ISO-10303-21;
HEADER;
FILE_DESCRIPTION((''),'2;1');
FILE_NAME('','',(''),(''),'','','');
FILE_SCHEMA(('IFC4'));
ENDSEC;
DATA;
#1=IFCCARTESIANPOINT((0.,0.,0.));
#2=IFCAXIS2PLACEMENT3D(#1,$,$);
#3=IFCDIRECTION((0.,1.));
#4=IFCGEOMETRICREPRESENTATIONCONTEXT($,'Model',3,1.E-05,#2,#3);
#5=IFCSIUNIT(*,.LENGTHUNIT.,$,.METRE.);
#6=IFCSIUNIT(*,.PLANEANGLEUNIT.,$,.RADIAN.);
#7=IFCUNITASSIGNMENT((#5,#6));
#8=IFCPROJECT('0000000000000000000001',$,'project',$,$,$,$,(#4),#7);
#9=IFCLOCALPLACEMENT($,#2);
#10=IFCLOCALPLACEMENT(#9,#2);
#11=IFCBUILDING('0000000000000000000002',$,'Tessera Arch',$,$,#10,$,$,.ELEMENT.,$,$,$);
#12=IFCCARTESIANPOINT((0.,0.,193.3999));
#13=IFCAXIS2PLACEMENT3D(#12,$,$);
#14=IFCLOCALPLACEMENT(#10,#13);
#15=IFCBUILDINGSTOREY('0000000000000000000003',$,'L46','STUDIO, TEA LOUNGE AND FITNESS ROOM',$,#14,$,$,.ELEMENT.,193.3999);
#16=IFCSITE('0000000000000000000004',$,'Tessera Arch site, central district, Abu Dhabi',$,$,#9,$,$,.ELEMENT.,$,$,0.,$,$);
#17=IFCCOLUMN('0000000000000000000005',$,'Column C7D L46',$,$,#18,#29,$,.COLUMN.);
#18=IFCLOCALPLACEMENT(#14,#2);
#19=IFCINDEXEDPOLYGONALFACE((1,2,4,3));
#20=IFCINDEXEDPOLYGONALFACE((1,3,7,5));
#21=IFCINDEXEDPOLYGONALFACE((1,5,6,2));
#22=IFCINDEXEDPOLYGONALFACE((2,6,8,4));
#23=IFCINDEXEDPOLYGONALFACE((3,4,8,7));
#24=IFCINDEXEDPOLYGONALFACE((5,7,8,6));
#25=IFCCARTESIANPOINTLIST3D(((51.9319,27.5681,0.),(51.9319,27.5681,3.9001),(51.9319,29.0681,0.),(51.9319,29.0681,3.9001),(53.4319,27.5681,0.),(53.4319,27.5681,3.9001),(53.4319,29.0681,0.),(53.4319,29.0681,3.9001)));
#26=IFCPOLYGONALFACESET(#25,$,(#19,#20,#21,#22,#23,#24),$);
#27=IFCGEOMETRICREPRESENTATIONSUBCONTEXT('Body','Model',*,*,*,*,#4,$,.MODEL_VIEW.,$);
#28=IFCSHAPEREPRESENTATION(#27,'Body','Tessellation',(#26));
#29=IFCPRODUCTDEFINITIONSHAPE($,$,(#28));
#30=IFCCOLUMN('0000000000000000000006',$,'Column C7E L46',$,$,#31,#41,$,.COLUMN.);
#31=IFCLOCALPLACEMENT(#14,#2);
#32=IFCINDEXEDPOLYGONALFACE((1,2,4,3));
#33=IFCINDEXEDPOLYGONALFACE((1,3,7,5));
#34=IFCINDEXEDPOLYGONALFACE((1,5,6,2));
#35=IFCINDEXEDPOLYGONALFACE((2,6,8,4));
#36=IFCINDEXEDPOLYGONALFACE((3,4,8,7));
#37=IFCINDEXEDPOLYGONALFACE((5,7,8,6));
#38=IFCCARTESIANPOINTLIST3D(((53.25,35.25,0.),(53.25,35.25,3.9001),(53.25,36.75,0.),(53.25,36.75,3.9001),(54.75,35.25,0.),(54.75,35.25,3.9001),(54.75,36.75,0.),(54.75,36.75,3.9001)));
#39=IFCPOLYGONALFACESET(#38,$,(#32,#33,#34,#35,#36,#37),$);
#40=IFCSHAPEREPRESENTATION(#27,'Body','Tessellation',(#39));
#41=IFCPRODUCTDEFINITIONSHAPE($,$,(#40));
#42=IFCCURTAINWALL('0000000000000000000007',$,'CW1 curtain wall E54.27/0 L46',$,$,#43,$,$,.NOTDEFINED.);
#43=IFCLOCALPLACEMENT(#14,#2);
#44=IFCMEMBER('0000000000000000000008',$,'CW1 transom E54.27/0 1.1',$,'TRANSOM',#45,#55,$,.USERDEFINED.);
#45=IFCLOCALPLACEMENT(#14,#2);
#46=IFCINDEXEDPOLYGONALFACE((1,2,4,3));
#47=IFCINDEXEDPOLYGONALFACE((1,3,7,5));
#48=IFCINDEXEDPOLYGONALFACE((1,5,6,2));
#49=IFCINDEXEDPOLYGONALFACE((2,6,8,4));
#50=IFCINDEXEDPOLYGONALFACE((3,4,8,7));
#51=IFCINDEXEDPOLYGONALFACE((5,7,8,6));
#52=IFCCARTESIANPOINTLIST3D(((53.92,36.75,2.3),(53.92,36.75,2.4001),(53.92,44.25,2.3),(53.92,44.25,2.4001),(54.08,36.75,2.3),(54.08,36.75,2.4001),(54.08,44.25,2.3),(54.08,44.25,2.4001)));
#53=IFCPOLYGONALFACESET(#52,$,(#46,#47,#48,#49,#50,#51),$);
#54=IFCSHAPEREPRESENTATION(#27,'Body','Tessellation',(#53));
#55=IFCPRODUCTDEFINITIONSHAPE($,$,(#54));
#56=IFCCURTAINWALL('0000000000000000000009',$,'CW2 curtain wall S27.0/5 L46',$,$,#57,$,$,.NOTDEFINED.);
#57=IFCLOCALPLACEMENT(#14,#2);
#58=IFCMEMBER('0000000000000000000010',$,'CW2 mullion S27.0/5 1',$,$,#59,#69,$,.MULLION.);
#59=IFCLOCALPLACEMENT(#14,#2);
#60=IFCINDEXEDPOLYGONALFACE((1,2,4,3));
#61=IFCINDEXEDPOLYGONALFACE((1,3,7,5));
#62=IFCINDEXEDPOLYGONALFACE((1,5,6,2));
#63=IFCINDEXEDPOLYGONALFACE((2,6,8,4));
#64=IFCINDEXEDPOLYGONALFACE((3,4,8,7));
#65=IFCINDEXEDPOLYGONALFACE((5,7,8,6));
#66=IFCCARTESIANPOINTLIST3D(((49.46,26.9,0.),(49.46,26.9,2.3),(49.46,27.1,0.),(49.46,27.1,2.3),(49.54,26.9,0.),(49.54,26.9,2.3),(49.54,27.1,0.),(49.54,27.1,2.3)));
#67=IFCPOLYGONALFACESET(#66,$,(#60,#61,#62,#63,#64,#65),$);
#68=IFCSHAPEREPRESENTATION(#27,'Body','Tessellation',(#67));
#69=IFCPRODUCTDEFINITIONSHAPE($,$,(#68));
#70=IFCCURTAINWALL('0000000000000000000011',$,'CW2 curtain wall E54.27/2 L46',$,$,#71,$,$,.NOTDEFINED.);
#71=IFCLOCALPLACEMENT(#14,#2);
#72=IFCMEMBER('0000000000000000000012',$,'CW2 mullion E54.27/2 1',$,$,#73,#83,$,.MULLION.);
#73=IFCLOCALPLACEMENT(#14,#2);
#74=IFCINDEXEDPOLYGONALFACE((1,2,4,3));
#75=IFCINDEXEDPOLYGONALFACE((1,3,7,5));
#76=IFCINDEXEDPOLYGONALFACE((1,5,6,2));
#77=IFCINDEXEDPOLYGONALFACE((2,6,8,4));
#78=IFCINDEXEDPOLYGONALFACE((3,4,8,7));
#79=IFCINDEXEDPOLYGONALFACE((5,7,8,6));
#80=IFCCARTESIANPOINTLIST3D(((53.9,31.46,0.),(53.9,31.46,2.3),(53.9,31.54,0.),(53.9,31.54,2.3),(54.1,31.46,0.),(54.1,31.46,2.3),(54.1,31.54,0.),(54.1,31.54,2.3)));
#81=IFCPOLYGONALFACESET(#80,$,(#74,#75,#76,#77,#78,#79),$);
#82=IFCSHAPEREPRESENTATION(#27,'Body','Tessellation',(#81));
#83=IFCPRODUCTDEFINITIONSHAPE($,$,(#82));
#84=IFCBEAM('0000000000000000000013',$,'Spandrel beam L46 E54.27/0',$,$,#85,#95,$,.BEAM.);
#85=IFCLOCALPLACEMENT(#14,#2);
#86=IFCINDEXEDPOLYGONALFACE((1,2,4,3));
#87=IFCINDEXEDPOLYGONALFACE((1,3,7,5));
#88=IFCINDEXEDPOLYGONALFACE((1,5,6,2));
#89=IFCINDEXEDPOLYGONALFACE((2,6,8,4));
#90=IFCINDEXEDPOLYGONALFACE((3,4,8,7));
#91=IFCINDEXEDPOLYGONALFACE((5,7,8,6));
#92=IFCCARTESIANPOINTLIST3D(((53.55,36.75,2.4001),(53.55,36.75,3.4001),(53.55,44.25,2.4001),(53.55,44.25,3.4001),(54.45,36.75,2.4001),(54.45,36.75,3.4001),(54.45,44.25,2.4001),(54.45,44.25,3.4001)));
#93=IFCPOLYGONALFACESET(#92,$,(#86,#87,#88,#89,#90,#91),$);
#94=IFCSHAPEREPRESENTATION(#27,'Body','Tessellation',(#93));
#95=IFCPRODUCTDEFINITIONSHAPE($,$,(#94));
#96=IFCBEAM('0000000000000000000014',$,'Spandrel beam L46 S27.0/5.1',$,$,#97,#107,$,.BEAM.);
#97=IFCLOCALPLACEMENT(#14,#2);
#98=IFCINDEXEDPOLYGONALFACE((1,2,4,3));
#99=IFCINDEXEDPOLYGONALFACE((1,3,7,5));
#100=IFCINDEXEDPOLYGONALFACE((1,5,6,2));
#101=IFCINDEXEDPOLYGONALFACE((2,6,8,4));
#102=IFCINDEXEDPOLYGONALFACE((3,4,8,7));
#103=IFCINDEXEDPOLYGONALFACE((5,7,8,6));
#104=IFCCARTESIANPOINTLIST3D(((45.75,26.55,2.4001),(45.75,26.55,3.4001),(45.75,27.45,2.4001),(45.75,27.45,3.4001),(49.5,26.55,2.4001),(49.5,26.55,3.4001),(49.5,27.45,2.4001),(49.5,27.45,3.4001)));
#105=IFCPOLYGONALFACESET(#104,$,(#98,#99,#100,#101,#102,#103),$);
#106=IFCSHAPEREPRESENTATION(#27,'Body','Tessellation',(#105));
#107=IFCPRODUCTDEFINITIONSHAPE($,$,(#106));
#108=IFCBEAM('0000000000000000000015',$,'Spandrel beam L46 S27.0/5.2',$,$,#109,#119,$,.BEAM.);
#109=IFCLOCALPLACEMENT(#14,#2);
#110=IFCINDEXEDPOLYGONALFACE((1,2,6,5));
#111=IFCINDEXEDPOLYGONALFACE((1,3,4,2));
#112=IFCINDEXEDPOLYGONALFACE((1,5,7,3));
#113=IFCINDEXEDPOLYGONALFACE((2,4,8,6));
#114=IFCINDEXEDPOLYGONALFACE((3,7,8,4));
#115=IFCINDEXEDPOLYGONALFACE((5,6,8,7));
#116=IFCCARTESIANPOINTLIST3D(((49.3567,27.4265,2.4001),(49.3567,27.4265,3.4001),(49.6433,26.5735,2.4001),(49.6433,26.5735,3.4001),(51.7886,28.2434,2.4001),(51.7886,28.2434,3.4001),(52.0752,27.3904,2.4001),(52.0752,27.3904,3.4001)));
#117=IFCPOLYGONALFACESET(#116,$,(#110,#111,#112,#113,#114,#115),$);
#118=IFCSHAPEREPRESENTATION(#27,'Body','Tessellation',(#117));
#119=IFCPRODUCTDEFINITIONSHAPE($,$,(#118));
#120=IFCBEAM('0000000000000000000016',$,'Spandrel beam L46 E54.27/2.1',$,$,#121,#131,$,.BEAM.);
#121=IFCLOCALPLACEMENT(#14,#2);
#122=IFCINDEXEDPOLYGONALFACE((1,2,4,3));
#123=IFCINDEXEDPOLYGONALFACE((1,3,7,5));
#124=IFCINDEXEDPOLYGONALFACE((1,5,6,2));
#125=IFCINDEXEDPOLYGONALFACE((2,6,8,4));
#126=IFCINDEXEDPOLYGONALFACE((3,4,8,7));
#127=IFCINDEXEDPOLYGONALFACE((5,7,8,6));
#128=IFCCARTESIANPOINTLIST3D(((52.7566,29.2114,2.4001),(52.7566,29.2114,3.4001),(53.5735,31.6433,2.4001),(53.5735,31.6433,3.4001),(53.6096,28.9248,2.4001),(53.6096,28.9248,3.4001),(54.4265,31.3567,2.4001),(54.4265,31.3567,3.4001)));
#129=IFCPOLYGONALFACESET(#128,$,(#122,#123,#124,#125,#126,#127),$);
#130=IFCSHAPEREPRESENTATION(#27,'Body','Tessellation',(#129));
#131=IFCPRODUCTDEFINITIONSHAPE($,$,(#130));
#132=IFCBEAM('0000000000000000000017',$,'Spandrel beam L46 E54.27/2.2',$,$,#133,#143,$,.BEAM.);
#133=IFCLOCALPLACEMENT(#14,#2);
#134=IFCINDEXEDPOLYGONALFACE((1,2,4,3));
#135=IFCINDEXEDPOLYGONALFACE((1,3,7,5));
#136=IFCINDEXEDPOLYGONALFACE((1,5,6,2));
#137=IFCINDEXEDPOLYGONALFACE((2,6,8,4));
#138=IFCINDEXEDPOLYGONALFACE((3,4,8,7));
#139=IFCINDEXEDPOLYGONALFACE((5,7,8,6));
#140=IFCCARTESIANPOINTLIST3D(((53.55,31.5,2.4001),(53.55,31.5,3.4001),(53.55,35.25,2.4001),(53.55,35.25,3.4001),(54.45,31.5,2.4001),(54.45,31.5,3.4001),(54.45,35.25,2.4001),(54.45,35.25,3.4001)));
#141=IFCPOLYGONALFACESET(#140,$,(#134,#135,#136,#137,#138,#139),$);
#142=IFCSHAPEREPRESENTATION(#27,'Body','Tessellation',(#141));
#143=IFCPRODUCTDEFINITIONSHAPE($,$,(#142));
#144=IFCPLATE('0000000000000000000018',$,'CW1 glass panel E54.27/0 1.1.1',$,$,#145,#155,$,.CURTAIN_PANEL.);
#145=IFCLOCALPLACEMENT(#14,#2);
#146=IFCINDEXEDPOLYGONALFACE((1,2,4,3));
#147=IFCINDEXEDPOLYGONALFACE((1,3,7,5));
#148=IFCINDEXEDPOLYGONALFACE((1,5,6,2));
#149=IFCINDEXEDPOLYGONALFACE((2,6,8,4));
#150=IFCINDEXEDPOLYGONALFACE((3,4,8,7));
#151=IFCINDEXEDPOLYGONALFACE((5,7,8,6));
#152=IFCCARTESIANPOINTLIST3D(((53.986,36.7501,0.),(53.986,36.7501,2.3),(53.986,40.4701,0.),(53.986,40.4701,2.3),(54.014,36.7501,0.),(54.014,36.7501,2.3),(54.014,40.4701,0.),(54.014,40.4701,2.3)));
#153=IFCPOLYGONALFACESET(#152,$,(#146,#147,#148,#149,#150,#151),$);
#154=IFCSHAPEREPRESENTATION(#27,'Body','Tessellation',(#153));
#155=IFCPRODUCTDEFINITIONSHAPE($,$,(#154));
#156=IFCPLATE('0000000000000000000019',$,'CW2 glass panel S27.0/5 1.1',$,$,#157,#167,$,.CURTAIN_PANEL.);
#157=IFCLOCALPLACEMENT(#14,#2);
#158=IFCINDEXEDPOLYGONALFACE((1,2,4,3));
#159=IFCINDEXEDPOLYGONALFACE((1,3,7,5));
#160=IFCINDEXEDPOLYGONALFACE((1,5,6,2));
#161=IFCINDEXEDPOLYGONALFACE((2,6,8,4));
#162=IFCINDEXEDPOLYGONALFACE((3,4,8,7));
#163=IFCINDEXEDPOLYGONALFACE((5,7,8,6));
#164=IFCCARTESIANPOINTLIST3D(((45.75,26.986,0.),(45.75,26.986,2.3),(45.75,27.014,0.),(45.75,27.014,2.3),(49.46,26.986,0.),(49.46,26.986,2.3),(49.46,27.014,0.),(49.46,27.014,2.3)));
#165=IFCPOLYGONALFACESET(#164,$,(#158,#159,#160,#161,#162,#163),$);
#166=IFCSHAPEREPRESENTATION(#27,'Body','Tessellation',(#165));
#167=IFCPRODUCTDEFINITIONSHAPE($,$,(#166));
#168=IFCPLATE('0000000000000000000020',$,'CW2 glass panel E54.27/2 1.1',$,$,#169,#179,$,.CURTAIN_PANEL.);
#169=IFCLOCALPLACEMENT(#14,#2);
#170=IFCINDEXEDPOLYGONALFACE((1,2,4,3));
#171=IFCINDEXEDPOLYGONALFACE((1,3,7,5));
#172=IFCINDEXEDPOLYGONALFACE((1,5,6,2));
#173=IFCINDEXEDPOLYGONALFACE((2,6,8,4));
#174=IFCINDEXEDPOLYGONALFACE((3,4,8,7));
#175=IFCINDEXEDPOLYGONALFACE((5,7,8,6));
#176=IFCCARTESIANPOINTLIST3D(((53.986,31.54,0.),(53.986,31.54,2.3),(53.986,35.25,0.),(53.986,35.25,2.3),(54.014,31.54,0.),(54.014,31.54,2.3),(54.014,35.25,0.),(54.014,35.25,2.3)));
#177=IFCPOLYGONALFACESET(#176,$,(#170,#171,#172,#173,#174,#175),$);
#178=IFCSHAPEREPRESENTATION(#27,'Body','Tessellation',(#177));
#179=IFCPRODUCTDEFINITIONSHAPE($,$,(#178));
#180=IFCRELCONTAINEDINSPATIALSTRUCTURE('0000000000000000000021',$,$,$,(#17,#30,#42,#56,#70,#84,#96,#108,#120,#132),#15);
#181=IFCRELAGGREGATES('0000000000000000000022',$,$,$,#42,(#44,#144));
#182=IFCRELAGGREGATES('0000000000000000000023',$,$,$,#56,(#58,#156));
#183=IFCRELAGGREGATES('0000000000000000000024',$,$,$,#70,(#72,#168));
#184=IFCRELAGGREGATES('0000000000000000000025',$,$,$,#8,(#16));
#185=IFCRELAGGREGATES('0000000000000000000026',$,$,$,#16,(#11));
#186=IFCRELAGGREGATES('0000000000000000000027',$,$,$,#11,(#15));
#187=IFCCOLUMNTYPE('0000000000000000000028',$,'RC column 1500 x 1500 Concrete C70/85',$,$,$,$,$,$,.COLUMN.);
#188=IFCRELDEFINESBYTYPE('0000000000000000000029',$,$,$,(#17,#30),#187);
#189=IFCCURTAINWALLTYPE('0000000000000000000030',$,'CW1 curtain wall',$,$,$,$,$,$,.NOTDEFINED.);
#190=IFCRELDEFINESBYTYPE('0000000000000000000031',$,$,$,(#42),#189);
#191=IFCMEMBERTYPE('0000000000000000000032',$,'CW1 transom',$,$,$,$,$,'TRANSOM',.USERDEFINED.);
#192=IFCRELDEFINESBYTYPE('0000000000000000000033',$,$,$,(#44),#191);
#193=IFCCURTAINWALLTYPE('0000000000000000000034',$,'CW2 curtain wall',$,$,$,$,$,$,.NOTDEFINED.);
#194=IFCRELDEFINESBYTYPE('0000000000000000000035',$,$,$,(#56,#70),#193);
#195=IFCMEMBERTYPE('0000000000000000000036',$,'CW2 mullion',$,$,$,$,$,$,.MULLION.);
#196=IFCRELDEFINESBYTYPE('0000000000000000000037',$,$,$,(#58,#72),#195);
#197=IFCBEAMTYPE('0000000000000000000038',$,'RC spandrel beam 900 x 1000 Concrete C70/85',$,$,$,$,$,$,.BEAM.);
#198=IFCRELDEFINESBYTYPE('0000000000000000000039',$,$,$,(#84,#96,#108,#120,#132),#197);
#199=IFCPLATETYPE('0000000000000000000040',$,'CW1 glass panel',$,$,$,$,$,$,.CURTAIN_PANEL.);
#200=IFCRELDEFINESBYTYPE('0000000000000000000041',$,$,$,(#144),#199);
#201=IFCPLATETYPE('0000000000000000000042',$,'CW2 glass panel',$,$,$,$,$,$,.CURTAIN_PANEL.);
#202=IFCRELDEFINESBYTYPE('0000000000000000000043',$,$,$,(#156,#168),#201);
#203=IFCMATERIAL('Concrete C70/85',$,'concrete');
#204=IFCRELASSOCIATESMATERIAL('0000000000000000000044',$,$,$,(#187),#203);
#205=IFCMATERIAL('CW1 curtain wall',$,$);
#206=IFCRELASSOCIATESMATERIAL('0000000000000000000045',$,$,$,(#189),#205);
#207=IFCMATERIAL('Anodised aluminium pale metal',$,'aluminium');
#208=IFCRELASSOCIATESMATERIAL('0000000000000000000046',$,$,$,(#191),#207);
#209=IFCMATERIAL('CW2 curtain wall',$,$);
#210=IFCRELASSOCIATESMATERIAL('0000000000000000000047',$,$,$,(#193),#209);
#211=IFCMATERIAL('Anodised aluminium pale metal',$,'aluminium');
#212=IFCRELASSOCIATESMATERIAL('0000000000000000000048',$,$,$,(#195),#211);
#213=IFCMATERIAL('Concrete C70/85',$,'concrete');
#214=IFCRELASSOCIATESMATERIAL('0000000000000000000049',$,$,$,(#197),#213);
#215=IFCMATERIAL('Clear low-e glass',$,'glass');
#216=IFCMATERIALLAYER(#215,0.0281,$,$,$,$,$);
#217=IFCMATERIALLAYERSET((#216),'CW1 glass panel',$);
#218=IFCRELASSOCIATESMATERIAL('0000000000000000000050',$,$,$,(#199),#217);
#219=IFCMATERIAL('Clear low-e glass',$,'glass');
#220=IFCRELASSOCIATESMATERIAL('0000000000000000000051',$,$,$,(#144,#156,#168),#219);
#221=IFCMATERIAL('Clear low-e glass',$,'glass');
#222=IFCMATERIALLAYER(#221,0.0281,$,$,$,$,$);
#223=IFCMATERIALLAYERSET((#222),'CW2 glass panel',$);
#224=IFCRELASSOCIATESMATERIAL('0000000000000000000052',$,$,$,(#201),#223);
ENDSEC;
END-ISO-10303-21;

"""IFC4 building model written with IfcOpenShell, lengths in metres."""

from ifc_helpers import new_model, si_unit, direction, frame, origin, origin_2d, place, context, subcontext, project, spatial, rectangle, extrude, material, layer, layer_set, material_profile, profile_set, type_object, element, aggregate, save


model = new_model("IFC4")

# Units and contexts
model_context = context("Model", 3, precision=1e-05, world=origin(), true_north=direction((0.0, 1.0)))
body_context = subcontext(model_context, "Body", "Model", "MODEL_VIEW")
ifc_project = project(units=[si_unit("LENGTHUNIT", "METRE"), si_unit("PLANEANGLEUNIT", "RADIAN")], contexts=[model_context])

# Site, building, storey
site_placement = place(None, origin())
site = spatial("IfcSite", under=ifc_project, at=site_placement, Name="Tessera Arch site, central district, Abu Dhabi", CompositionType="ELEMENT", RefElevation=0.0)
building_placement = place(site_placement, origin())
building = spatial("IfcBuilding", under=site, at=building_placement, Name="Tessera Arch", CompositionType="ELEMENT")
storey_placement = place(building_placement, frame((0.0, 0.0, 193.3999)))
storey = spatial("IfcBuildingStorey", under=building, at=storey_placement, Name="L46", Description="STUDIO, TEA LOUNGE AND FITNESS ROOM", CompositionType="ELEMENT", Elevation=193.3999)

# Columns
ifc_material_1 = material(Name="Concrete C70/85", Category="concrete")
ifc_material_profile_1 = material_profile(ifc_material_1, rectangle(XDim=1.5, YDim=1.5, at=origin_2d()), Name="RC column 1500 x 1500 Concrete C70/85")
ifc_profile_set_1 = profile_set([ifc_material_profile_1], Name="Concrete C70/85")
column_type = type_object("IfcColumnType", Name="RC column 1500 x 1500 Concrete C70/85", PredefinedType="COLUMN", material=ifc_profile_set_1)
for number, where, z_axis, x_axis, name in (
    (1, (52.6819, 28.3181, 0.0), (0.0, 0.0, 1.0), (1.0, 0.0, 0.0), "Column C7D L46"),
    (2, (54.0, 36.0, 0.0), (0.0, 0.0, 1.0), (1.0, 0.0, 0.0), "Column C7E L46"),
):
    element("IfcColumn", number, at=place(storey_placement, frame(where, z_axis=z_axis, x_axis=x_axis)), inside=storey, type_object=column_type, Name=name, PredefinedType="COLUMN", context=body_context, shape_type="SweptSolid", body=[
        extrude(rectangle(XDim=1.5, YDim=1.5, at=origin_2d()), origin(), (0.0, 0.0, 1.0), 3.9001),
    ])

# Curtain walls, members
ifc_material_2 = material(Name="CW1 curtain wall")
curtain_wall_type_1 = type_object("IfcCurtainWallType", Name="CW1 curtain wall", PredefinedType="NOTDEFINED", material=ifc_material_2)
curtain_wall_1_placement = place(storey_placement, origin())
curtain_wall_1 = element("IfcCurtainWall", 3, at=curtain_wall_1_placement, inside=storey, type_object=curtain_wall_type_1, Name="CW1 curtain wall E54.27/0 L46", PredefinedType="NOTDEFINED")
ifc_material_3 = material(Name="Anodised aluminium pale metal", Category="aluminium")
ifc_material_profile_2 = material_profile(ifc_material_3, rectangle(XDim=0.1599, YDim=0.1001, at=origin_2d()), Name="AL 160x100")
ifc_profile_set_2 = profile_set([ifc_material_profile_2], Name="Anodised aluminium pale metal")
member_type_1 = type_object("IfcMemberType", Name="CW1 transom", ElementType="TRANSOM", PredefinedType="USERDEFINED", material=ifc_profile_set_2)
member_1_placement = place(storey_placement, frame((54.0, 36.75, 2.3501), z_axis=(0.0, 1.0, 0.0), x_axis=(-1.0, 0.0, 0.0)))
member_1 = element("IfcMember", 4, at=member_1_placement, type_object=member_type_1, Name="CW1 transom E54.27/0 1.1", ObjectType="TRANSOM", PredefinedType="USERDEFINED", context=body_context, shape_type="SweptSolid", body=[
    extrude(rectangle(XDim=0.1599, YDim=0.1001, at=origin_2d()), origin(), (0.0, 0.0, 1.0), 7.5),
])
ifc_material_4 = material(Name="CW2 curtain wall")
curtain_wall_type_2 = type_object("IfcCurtainWallType", Name="CW2 curtain wall", PredefinedType="NOTDEFINED", material=ifc_material_4)
curtain_wall_2_placement = place(storey_placement, origin())
curtain_wall_2 = element("IfcCurtainWall", 5, at=curtain_wall_2_placement, inside=storey, type_object=curtain_wall_type_2, Name="CW2 curtain wall S27.0/5 L46", PredefinedType="NOTDEFINED")
ifc_material_5 = material(Name="Anodised aluminium pale metal", Category="aluminium")
ifc_material_profile_3 = material_profile(ifc_material_5, rectangle(XDim=0.2, YDim=0.0801, at=origin_2d()), Name="AL 80x200")
ifc_profile_set_3 = profile_set([ifc_material_profile_3], Name="Anodised aluminium pale metal")
member_type_2 = type_object("IfcMemberType", Name="CW2 mullion", PredefinedType="MULLION", material=ifc_profile_set_3)
member_2_placement = place(storey_placement, frame((49.5, 27.0, 0.0), z_axis=(0.0, 0.0, 1.0), x_axis=(0.0, 1.0, 0.0)))
member_2 = element("IfcMember", 6, at=member_2_placement, type_object=member_type_2, Name="CW2 mullion S27.0/5 1", PredefinedType="MULLION", context=body_context, shape_type="SweptSolid", body=[
    extrude(rectangle(XDim=0.2, YDim=0.0801, at=origin_2d()), origin(), (0.0, 0.0, 1.0), 2.3),
])
curtain_wall_3_placement = place(storey_placement, origin())
curtain_wall_3 = element("IfcCurtainWall", 7, at=curtain_wall_3_placement, inside=storey, type_object=curtain_wall_type_2, Name="CW2 curtain wall E54.27/2 L46", PredefinedType="NOTDEFINED")
member_3_placement = place(storey_placement, frame((54.0, 31.5, 0.0), z_axis=(0.0, 0.0, 1.0), x_axis=(-1.0, 0.0, 0.0)))
member_3 = element("IfcMember", 8, at=member_3_placement, type_object=member_type_2, Name="CW2 mullion E54.27/2 1", PredefinedType="MULLION", context=body_context, shape_type="SweptSolid", body=[
    extrude(rectangle(XDim=0.2, YDim=0.0801, at=origin_2d()), origin(), (0.0, 0.0, 1.0), 2.3),
])

# Beams
ifc_material_6 = material(Name="Concrete C70/85", Category="concrete")
ifc_material_profile_4 = material_profile(ifc_material_6, rectangle(XDim=0.8999, YDim=1.0, at=origin_2d()), Name="RC spandrel beam 900 x 1000 Concrete C70/85")
ifc_profile_set_4 = profile_set([ifc_material_profile_4], Name="Concrete C70/85")
beam_type = type_object("IfcBeamType", Name="RC spandrel beam 900 x 1000 Concrete C70/85", PredefinedType="BEAM", material=ifc_profile_set_4)
beam_1_placement = place(storey_placement, frame((54.0, 36.75, 2.9001), z_axis=(0.0, 1.0, 0.0), x_axis=(-1.0, 0.0, 0.0)))
element("IfcBeam", 9, at=beam_1_placement, inside=storey, type_object=beam_type, Name="Spandrel beam L46 E54.27/0", PredefinedType="BEAM", context=body_context, shape_type="SweptSolid", body=[
    extrude(rectangle(XDim=0.8999, YDim=1.0, at=origin_2d()), origin(), (0.0, 0.0, 1.0), 7.5),
])
beam_2_placement = place(storey_placement, frame((45.75, 27.0, 2.9001), z_axis=(1.0, 0.0, 0.0), x_axis=(0.0, 1.0, 0.0)))
element("IfcBeam", 10, at=beam_2_placement, inside=storey, type_object=beam_type, Name="Spandrel beam L46 S27.0/5.1", PredefinedType="BEAM", context=body_context, shape_type="SweptSolid", body=[
    extrude(rectangle(XDim=0.8999, YDim=1.0, at=origin_2d()), origin(), (0.0, 0.0, 1.0), 3.75),
])
for number, where, z_axis, x_axis, name in (
    (11, (49.5, 27.0, 2.9001), (0.947948, 0.318425, 0.0), (-0.318425, 0.947948, 0.0), "Spandrel beam L46 S27.0/5.2"),
    (12, (53.1831, 29.0681, 2.9001), (0.318425, 0.947948, 0.0), (-0.947948, 0.318425, 0.0), "Spandrel beam L46 E54.27/2.1"),
):
    element("IfcBeam", number, at=place(storey_placement, frame(where, z_axis=z_axis, x_axis=x_axis)), inside=storey, type_object=beam_type, Name=name, PredefinedType="BEAM", context=body_context, shape_type="SweptSolid", body=[
        extrude(rectangle(XDim=0.8999, YDim=1.0, at=origin_2d()), origin(), (0.0, 0.0, 1.0), 2.5654),
    ])
beam_3_placement = place(storey_placement, frame((54.0, 31.5, 2.9001), z_axis=(0.0, 1.0, 0.0), x_axis=(-1.0, 0.0, 0.0)))
element("IfcBeam", 13, at=beam_3_placement, inside=storey, type_object=beam_type, Name="Spandrel beam L46 E54.27/2.2", PredefinedType="BEAM", context=body_context, shape_type="SweptSolid", body=[
    extrude(rectangle(XDim=0.8999, YDim=1.0, at=origin_2d()), origin(), (0.0, 0.0, 1.0), 3.75),
])

# Plates
ifc_material_7 = material(Name="Clear low-e glass", Category="glass")
ifc_material_8 = material(Name="Clear low-e glass", Category="glass")
ifc_layer_1 = layer(ifc_material_8, 0.0281)
ifc_layer_set_1 = layer_set([ifc_layer_1], Name="CW1 glass panel")
plate_type_1 = type_object("IfcPlateType", Name="CW1 glass panel", PredefinedType="CURTAIN_PANEL", material=ifc_layer_set_1)
plate_1_placement = place(storey_placement, frame((54.0, 38.6101, 0.0), z_axis=(0.0, 0.0, 1.0), x_axis=(0.0, 1.0, 0.0)))
plate_1 = element("IfcPlate", 14, at=plate_1_placement, type_object=plate_type_1, material=ifc_material_7, Name="CW1 glass panel E54.27/0 1.1.1", PredefinedType="CURTAIN_PANEL", context=body_context, shape_type="SweptSolid", body=[
    extrude(rectangle(XDim=3.72, YDim=0.0281, at=origin_2d()), origin(), (0.0, 0.0, 1.0), 2.3),
])
aggregate(curtain_wall_1, [member_1, plate_1])
ifc_material_9 = material(Name="Clear low-e glass", Category="glass")
ifc_layer_2 = layer(ifc_material_9, 0.0281)
ifc_layer_set_2 = layer_set([ifc_layer_2], Name="CW2 glass panel")
plate_type_2 = type_object("IfcPlateType", Name="CW2 glass panel", PredefinedType="CURTAIN_PANEL", material=ifc_layer_set_2)
plate_2_placement = place(storey_placement, frame((47.605, 27.0, 0.0), z_axis=(0.0, 0.0, 1.0), x_axis=(1.0, 0.0, 0.0)))
plate_2 = element("IfcPlate", 15, at=plate_2_placement, type_object=plate_type_2, material=ifc_material_7, Name="CW2 glass panel S27.0/5 1.1", PredefinedType="CURTAIN_PANEL", context=body_context, shape_type="SweptSolid", body=[
    extrude(rectangle(XDim=3.71, YDim=0.0281, at=origin_2d()), origin(), (0.0, 0.0, 1.0), 2.3),
])
aggregate(curtain_wall_2, [member_2, plate_2])
plate_3_placement = place(storey_placement, frame((54.0, 33.395, 0.0), z_axis=(0.0, 0.0, 1.0), x_axis=(0.0, 1.0, 0.0)))
plate_3 = element("IfcPlate", 16, at=plate_3_placement, type_object=plate_type_2, material=ifc_material_7, Name="CW2 glass panel E54.27/2 1.1", PredefinedType="CURTAIN_PANEL", context=body_context, shape_type="SweptSolid", body=[
    extrude(rectangle(XDim=3.71, YDim=0.0281, at=origin_2d()), origin(), (0.0, 0.0, 1.0), 2.3),
])
aggregate(curtain_wall_3, [member_3, plate_3])

save(model, "model.ifc")
